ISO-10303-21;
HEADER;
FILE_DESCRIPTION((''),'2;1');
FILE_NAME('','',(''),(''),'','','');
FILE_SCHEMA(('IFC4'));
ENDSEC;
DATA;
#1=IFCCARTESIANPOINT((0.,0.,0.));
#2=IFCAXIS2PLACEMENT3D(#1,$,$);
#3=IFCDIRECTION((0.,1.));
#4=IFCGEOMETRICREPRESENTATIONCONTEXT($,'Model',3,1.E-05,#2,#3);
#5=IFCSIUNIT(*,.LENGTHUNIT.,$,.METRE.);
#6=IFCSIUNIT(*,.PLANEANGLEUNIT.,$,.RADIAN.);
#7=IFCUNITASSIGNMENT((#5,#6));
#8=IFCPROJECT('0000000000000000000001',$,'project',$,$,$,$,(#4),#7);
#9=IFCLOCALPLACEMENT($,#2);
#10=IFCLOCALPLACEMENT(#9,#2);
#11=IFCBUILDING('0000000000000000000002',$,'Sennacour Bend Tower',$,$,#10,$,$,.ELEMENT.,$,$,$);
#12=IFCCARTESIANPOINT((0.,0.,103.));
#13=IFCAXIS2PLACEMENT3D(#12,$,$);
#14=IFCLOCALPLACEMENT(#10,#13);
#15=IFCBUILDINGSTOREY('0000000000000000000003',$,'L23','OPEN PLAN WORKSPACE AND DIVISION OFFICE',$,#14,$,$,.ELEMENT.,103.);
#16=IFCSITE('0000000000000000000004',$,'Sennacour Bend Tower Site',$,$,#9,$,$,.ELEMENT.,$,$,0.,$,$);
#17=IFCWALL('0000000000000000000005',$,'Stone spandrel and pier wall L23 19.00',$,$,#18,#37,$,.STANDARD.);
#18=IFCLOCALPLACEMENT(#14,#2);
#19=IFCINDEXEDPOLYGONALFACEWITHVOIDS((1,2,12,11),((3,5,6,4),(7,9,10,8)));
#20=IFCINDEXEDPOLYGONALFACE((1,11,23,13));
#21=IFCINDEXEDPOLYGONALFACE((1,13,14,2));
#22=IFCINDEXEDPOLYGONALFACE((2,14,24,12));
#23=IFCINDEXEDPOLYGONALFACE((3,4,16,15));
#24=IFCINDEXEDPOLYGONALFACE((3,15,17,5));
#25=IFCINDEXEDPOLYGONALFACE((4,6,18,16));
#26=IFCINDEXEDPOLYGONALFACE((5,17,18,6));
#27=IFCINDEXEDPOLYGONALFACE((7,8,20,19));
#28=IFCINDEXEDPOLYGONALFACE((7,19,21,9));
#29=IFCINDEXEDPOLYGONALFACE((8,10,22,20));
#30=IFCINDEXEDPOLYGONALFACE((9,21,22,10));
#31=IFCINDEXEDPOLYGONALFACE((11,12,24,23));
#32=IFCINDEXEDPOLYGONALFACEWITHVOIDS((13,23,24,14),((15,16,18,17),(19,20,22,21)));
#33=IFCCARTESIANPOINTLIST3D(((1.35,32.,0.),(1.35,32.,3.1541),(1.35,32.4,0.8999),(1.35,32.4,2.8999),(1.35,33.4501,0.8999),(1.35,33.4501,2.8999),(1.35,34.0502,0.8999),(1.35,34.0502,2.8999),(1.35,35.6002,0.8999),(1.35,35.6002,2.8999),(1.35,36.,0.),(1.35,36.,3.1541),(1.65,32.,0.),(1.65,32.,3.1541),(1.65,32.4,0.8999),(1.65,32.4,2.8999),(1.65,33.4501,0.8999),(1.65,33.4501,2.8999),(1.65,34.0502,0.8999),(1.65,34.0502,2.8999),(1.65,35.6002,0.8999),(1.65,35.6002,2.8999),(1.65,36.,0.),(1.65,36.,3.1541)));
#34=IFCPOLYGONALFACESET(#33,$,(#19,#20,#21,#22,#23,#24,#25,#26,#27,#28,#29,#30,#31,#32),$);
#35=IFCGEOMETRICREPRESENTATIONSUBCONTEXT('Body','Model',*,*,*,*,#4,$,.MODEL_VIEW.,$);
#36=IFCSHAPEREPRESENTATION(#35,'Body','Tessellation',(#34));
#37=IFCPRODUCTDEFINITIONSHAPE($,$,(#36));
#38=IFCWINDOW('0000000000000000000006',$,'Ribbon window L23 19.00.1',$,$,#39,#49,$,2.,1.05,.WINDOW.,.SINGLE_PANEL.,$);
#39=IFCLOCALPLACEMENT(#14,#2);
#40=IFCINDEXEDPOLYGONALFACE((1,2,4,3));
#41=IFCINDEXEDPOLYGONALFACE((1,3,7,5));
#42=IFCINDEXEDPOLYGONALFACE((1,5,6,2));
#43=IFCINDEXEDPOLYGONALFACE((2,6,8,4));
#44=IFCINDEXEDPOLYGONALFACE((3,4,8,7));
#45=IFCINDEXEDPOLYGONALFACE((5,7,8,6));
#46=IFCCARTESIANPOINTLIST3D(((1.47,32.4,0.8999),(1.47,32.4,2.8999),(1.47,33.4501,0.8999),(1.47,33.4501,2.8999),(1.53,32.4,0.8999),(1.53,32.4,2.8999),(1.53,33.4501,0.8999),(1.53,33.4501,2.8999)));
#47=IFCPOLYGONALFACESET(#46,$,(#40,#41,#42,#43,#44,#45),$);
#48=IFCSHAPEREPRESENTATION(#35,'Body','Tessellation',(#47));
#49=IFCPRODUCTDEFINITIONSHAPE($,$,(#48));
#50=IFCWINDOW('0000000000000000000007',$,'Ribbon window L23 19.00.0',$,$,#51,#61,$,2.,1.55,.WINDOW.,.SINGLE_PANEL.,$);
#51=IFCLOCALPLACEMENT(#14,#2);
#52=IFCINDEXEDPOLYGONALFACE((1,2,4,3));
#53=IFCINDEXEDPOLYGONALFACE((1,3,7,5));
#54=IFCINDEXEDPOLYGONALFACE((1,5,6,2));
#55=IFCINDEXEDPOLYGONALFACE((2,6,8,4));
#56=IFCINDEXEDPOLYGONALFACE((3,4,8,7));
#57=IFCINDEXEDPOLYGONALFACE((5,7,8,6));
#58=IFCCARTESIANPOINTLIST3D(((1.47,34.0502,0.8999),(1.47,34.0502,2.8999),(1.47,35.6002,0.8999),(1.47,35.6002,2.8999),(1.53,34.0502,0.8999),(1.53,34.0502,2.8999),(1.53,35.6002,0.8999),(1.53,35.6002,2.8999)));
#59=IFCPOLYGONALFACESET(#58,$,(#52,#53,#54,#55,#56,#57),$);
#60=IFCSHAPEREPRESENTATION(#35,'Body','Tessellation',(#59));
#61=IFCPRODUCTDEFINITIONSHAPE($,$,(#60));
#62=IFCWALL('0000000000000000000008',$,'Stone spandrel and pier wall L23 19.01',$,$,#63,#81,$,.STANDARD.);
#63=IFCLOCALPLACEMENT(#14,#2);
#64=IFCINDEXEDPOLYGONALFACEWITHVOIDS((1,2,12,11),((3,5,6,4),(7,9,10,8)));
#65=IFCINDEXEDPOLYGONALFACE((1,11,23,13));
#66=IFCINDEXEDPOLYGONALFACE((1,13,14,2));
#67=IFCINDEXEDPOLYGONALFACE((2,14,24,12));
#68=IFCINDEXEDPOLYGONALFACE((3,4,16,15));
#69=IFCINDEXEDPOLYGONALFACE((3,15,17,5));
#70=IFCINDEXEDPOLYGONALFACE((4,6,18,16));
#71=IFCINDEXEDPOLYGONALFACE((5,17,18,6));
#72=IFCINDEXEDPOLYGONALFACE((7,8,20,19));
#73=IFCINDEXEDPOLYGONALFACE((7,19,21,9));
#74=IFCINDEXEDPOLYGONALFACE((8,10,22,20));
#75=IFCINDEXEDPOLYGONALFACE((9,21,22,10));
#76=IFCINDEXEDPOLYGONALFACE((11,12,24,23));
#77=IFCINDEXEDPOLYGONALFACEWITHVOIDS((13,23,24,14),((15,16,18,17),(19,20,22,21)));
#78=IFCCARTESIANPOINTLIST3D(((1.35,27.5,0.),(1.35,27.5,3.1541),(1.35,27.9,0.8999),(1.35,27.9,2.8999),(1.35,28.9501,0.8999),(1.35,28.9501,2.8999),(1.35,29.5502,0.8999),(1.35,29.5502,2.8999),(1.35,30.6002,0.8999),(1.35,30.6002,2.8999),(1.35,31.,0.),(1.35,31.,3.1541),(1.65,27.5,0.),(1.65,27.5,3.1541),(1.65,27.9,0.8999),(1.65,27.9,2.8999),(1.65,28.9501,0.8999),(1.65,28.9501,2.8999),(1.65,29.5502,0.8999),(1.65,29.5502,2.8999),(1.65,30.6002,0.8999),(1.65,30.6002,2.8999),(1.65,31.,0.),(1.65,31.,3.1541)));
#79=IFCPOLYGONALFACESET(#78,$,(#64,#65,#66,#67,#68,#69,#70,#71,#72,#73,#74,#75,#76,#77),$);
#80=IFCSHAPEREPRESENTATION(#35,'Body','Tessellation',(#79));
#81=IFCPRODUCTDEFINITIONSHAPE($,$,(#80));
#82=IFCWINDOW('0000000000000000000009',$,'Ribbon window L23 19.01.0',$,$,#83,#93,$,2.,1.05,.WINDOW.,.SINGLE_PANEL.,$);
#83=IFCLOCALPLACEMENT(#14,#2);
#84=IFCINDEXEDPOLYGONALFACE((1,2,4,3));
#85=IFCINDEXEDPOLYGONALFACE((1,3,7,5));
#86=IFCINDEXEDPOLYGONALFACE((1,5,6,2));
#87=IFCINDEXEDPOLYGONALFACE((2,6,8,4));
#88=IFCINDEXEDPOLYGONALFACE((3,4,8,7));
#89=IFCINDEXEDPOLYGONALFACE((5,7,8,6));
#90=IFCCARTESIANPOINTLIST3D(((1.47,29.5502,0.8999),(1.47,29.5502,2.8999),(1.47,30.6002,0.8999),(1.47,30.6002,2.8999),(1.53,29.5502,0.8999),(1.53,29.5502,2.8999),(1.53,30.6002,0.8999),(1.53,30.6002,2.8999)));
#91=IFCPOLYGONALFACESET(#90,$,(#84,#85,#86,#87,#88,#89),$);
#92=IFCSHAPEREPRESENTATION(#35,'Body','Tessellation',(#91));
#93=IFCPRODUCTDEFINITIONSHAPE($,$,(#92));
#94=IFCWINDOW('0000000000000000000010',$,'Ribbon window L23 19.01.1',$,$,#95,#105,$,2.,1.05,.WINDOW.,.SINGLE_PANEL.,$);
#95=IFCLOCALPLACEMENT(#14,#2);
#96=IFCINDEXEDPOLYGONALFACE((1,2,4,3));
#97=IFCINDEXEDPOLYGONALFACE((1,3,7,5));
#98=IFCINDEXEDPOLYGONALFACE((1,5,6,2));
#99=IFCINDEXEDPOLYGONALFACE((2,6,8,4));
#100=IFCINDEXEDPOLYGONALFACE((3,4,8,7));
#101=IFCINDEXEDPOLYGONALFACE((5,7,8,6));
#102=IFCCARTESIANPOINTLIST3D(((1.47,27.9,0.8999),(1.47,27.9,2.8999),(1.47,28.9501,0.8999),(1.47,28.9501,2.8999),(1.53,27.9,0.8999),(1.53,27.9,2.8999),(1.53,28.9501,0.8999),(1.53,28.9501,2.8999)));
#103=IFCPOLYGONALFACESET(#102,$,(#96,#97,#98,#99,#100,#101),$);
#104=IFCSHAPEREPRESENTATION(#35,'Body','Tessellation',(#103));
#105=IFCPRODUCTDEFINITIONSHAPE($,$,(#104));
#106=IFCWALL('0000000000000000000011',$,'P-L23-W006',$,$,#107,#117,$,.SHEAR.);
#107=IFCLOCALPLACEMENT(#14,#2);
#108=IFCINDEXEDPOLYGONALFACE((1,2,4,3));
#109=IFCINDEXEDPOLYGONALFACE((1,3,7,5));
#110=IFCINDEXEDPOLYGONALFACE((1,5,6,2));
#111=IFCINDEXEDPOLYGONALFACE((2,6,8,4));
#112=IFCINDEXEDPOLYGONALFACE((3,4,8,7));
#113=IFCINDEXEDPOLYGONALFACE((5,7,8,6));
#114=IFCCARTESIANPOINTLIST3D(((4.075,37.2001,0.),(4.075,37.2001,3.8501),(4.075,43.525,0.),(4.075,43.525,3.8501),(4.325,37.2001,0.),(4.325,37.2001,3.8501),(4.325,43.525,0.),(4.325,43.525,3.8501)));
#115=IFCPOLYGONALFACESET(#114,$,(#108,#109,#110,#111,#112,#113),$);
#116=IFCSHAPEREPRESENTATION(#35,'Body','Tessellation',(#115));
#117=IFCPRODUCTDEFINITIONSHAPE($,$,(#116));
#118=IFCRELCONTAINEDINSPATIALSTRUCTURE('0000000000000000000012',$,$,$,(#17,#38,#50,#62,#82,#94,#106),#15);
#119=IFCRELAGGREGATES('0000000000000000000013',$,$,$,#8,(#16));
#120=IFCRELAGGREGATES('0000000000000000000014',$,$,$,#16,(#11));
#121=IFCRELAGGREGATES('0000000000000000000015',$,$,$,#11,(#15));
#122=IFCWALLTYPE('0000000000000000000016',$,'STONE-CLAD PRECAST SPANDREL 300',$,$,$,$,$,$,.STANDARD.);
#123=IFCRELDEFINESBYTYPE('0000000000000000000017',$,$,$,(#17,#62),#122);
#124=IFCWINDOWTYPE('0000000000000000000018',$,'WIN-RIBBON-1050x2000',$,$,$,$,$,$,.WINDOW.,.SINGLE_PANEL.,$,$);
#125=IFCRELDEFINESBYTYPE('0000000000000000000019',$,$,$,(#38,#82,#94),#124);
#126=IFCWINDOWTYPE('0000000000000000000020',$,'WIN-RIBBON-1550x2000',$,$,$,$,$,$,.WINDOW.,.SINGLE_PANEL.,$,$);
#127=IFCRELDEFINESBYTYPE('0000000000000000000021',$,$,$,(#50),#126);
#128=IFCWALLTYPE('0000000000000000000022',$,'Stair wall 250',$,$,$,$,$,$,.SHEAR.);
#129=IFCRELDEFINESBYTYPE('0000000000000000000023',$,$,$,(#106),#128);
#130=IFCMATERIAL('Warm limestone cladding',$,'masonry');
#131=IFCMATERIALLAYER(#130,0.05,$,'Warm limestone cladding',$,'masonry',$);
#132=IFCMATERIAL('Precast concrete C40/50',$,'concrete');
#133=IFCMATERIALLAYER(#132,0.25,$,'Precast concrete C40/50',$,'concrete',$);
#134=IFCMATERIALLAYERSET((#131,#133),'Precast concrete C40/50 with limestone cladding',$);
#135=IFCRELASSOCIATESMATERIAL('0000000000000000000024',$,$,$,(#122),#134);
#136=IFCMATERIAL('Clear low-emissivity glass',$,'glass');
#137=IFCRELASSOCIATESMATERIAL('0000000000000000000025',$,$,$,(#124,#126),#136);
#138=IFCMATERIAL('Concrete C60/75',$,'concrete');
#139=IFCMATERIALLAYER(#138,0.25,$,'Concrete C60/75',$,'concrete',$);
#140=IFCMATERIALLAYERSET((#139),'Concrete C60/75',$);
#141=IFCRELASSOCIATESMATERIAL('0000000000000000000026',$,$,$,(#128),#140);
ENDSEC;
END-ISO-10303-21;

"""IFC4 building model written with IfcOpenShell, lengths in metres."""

from ifc_helpers import new_model, si_unit, direction, frame, frame_2d, origin, place, context, subcontext, project, spatial, rectangle, extrude, material, layer, layer_set, type_object, element, fill, save


model = new_model("IFC4")

# Units and contexts
model_context = context("Model", 3, precision=1e-05, world=origin(), true_north=direction((0.0, 1.0)))
body_context = subcontext(model_context, "Body", "Model", "MODEL_VIEW")
ifc_project = project(units=[si_unit("LENGTHUNIT", "METRE"), si_unit("PLANEANGLEUNIT", "RADIAN")], contexts=[model_context])

# Site, building, storey
site_placement = place(None, origin())
site = spatial("IfcSite", under=ifc_project, at=site_placement, Name="Sennacour Bend Tower Site", CompositionType="ELEMENT", RefElevation=0.0)
building_placement = place(site_placement, origin())
building = spatial("IfcBuilding", under=site, at=building_placement, Name="Sennacour Bend Tower", CompositionType="ELEMENT")
storey_placement = place(building_placement, frame((0.0, 0.0, 103.0)))
storey = spatial("IfcBuildingStorey", under=building, at=storey_placement, Name="L23", Description="OPEN PLAN WORKSPACE AND DIVISION OFFICE", CompositionType="ELEMENT", Elevation=103.0)

# Walls, openings, windows
ifc_material_1 = material(Name="Warm limestone cladding", Category="masonry")
ifc_layer_1 = layer(ifc_material_1, 0.05, Name="Warm limestone cladding", Category="masonry")
ifc_material_2 = material(Name="Precast concrete C40/50", Category="concrete")
ifc_layer_2 = layer(ifc_material_2, 0.25, Name="Precast concrete C40/50", Category="concrete")
ifc_layer_set_1 = layer_set([ifc_layer_1, ifc_layer_2], Name="Precast concrete C40/50 with limestone cladding")
wall_type_1 = type_object("IfcWallType", Name="STONE-CLAD PRECAST SPANDREL 300", PredefinedType="STANDARD", material=ifc_layer_set_1)
wall_1_placement = place(storey_placement, frame((1.5, 36.0, 0.0), z_axis=(0.0, 0.0, 1.0), x_axis=(0.0, -1.0, 0.0)))
wall_1 = element("IfcWall", 1, at=wall_1_placement, inside=storey, type_object=wall_type_1, Name="Stone spandrel and pier wall L23 19.00", PredefinedType="STANDARD", context=body_context, shape_type="SweptSolid", body=[
    extrude(rectangle(XDim=4.0, YDim=0.3, at=frame_2d((2.0, 0.0))), origin(), (0.0, 0.0, 1.0), 3.1541),
])
opening_1_placement = place(wall_1_placement, frame((0.3999, 0.0, 0.8999)))
opening_1 = element("IfcOpeningElement", 2, at=opening_1_placement, cuts=wall_1, PredefinedType="OPENING", context=body_context, shape_type="SweptSolid", body=[
    extrude(rectangle(XDim=1.55, YDim=2.0, at=frame_2d((0.7749, 1.0))), frame((0.0, 0.1602, 0.0), z_axis=(0.0, -1.0, 0.0), x_axis=(1.0, 0.0, 0.0)), (0.0, 0.0, 1.0), 0.3201),
])
opening_2_placement = place(wall_1_placement, frame((2.55, 0.0, 0.8999)))
opening_2 = element("IfcOpeningElement", 3, at=opening_2_placement, cuts=wall_1, PredefinedType="OPENING", context=body_context, shape_type="SweptSolid", body=[
    extrude(rectangle(XDim=1.05, YDim=2.0, at=frame_2d((0.5249, 1.0))), frame((0.0, 0.1602, 0.0), z_axis=(0.0, -1.0, 0.0), x_axis=(1.0, 0.0, 0.0)), (0.0, 0.0, 1.0), 0.3201),
])
ifc_material_3 = material(Name="Clear low-emissivity glass", Category="glass")
window_type_1 = type_object("IfcWindowType", Name="WIN-RIBBON-1050x2000", PartitioningType="SINGLE_PANEL", PredefinedType="WINDOW", material=ifc_material_3)
window_1_placement = place(opening_2_placement, origin())
window_1 = element("IfcWindow", 4, at=window_1_placement, inside=storey, type_object=window_type_1, Name="Ribbon window L23 19.00.1", OverallHeight=2.0, OverallWidth=1.05, PartitioningType="SINGLE_PANEL", PredefinedType="WINDOW", context=body_context, shape_type="SweptSolid", body=[
    extrude(rectangle(XDim=1.05, YDim=2.0, at=frame_2d((0.5249, 1.0))), frame((0.0, 0.03, 0.0), z_axis=(0.0, -1.0, 0.0), x_axis=(1.0, 0.0, 0.0)), (0.0, 0.0, 1.0), 0.0601),
])
fill(opening_2, window_1)
window_type_2 = type_object("IfcWindowType", Name="WIN-RIBBON-1550x2000", PartitioningType="SINGLE_PANEL", PredefinedType="WINDOW", material=ifc_material_3)
window_2_placement = place(opening_1_placement, origin())
window_2 = element("IfcWindow", 5, at=window_2_placement, inside=storey, type_object=window_type_2, Name="Ribbon window L23 19.00.0", OverallHeight=2.0, OverallWidth=1.55, PartitioningType="SINGLE_PANEL", PredefinedType="WINDOW", context=body_context, shape_type="SweptSolid", body=[
    extrude(rectangle(XDim=1.55, YDim=2.0, at=frame_2d((0.7749, 1.0))), frame((0.0, 0.03, 0.0), z_axis=(0.0, -1.0, 0.0), x_axis=(1.0, 0.0, 0.0)), (0.0, 0.0, 1.0), 0.0601),
])
fill(opening_1, window_2)
wall_2_placement = place(storey_placement, frame((1.5, 31.0, 0.0), z_axis=(0.0, 0.0, 1.0), x_axis=(0.0, -1.0, 0.0)))
wall_2 = element("IfcWall", 6, at=wall_2_placement, inside=storey, type_object=wall_type_1, Name="Stone spandrel and pier wall L23 19.01", PredefinedType="STANDARD", context=body_context, shape_type="SweptSolid", body=[
    extrude(rectangle(XDim=3.5, YDim=0.3, at=frame_2d((1.75, 0.0))), origin(), (0.0, 0.0, 1.0), 3.1541),
])
opening_3_placement = place(wall_2_placement, frame((0.3999, 0.0, 0.8999)))
opening_3 = element("IfcOpeningElement", 7, at=opening_3_placement, cuts=wall_2, PredefinedType="OPENING", context=body_context, shape_type="SweptSolid", body=[
    extrude(rectangle(XDim=1.05, YDim=2.0, at=frame_2d((0.5249, 1.0))), frame((0.0, 0.1602, 0.0), z_axis=(0.0, -1.0, 0.0), x_axis=(1.0, 0.0, 0.0)), (0.0, 0.0, 1.0), 0.3201),
])
opening_4_placement = place(wall_2_placement, frame((2.05, 0.0, 0.8999)))
opening_4 = element("IfcOpeningElement", 8, at=opening_4_placement, cuts=wall_2, PredefinedType="OPENING", context=body_context, shape_type="SweptSolid", body=[
    extrude(rectangle(XDim=1.05, YDim=2.0, at=frame_2d((0.5249, 1.0))), frame((0.0, 0.1602, 0.0), z_axis=(0.0, -1.0, 0.0), x_axis=(1.0, 0.0, 0.0)), (0.0, 0.0, 1.0), 0.3201),
])
window_3_placement = place(opening_3_placement, origin())
window_3 = element("IfcWindow", 9, at=window_3_placement, inside=storey, type_object=window_type_1, Name="Ribbon window L23 19.01.0", OverallHeight=2.0, OverallWidth=1.05, PartitioningType="SINGLE_PANEL", PredefinedType="WINDOW", context=body_context, shape_type="SweptSolid", body=[
    extrude(rectangle(XDim=1.05, YDim=2.0, at=frame_2d((0.5249, 1.0))), frame((0.0, 0.03, 0.0), z_axis=(0.0, -1.0, 0.0), x_axis=(1.0, 0.0, 0.0)), (0.0, 0.0, 1.0), 0.0601),
])
fill(opening_3, window_3)
window_4_placement = place(opening_4_placement, origin())
window_4 = element("IfcWindow", 10, at=window_4_placement, inside=storey, type_object=window_type_1, Name="Ribbon window L23 19.01.1", OverallHeight=2.0, OverallWidth=1.05, PartitioningType="SINGLE_PANEL", PredefinedType="WINDOW", context=body_context, shape_type="SweptSolid", body=[
    extrude(rectangle(XDim=1.05, YDim=2.0, at=frame_2d((0.5249, 1.0))), frame((0.0, 0.03, 0.0), z_axis=(0.0, -1.0, 0.0), x_axis=(1.0, 0.0, 0.0)), (0.0, 0.0, 1.0), 0.0601),
])
fill(opening_4, window_4)

# Wall
ifc_material_4 = material(Name="Concrete C60/75", Category="concrete")
ifc_layer_3 = layer(ifc_material_4, 0.25, Name="Concrete C60/75", Category="concrete")
ifc_layer_set_2 = layer_set([ifc_layer_3], Name="Concrete C60/75")
wall_type_2 = type_object("IfcWallType", Name="Stair wall 250", PredefinedType="SHEAR", material=ifc_layer_set_2)
wall_3_placement = place(storey_placement, frame((4.2, 37.2, 0.0), z_axis=(0.0, 0.0, 1.0), x_axis=(0.0, 1.0, 0.0)))
element("IfcWall", 11, at=wall_3_placement, inside=storey, type_object=wall_type_2, Name="P-L23-W006", PredefinedType="SHEAR", context=body_context, shape_type="SweptSolid", body=[
    extrude(rectangle(XDim=6.325, YDim=0.25, at=frame_2d((3.1626, 0.0))), origin(), (0.0, 0.0, 1.0), 3.8501),
])

save(model, "model.ifc")
